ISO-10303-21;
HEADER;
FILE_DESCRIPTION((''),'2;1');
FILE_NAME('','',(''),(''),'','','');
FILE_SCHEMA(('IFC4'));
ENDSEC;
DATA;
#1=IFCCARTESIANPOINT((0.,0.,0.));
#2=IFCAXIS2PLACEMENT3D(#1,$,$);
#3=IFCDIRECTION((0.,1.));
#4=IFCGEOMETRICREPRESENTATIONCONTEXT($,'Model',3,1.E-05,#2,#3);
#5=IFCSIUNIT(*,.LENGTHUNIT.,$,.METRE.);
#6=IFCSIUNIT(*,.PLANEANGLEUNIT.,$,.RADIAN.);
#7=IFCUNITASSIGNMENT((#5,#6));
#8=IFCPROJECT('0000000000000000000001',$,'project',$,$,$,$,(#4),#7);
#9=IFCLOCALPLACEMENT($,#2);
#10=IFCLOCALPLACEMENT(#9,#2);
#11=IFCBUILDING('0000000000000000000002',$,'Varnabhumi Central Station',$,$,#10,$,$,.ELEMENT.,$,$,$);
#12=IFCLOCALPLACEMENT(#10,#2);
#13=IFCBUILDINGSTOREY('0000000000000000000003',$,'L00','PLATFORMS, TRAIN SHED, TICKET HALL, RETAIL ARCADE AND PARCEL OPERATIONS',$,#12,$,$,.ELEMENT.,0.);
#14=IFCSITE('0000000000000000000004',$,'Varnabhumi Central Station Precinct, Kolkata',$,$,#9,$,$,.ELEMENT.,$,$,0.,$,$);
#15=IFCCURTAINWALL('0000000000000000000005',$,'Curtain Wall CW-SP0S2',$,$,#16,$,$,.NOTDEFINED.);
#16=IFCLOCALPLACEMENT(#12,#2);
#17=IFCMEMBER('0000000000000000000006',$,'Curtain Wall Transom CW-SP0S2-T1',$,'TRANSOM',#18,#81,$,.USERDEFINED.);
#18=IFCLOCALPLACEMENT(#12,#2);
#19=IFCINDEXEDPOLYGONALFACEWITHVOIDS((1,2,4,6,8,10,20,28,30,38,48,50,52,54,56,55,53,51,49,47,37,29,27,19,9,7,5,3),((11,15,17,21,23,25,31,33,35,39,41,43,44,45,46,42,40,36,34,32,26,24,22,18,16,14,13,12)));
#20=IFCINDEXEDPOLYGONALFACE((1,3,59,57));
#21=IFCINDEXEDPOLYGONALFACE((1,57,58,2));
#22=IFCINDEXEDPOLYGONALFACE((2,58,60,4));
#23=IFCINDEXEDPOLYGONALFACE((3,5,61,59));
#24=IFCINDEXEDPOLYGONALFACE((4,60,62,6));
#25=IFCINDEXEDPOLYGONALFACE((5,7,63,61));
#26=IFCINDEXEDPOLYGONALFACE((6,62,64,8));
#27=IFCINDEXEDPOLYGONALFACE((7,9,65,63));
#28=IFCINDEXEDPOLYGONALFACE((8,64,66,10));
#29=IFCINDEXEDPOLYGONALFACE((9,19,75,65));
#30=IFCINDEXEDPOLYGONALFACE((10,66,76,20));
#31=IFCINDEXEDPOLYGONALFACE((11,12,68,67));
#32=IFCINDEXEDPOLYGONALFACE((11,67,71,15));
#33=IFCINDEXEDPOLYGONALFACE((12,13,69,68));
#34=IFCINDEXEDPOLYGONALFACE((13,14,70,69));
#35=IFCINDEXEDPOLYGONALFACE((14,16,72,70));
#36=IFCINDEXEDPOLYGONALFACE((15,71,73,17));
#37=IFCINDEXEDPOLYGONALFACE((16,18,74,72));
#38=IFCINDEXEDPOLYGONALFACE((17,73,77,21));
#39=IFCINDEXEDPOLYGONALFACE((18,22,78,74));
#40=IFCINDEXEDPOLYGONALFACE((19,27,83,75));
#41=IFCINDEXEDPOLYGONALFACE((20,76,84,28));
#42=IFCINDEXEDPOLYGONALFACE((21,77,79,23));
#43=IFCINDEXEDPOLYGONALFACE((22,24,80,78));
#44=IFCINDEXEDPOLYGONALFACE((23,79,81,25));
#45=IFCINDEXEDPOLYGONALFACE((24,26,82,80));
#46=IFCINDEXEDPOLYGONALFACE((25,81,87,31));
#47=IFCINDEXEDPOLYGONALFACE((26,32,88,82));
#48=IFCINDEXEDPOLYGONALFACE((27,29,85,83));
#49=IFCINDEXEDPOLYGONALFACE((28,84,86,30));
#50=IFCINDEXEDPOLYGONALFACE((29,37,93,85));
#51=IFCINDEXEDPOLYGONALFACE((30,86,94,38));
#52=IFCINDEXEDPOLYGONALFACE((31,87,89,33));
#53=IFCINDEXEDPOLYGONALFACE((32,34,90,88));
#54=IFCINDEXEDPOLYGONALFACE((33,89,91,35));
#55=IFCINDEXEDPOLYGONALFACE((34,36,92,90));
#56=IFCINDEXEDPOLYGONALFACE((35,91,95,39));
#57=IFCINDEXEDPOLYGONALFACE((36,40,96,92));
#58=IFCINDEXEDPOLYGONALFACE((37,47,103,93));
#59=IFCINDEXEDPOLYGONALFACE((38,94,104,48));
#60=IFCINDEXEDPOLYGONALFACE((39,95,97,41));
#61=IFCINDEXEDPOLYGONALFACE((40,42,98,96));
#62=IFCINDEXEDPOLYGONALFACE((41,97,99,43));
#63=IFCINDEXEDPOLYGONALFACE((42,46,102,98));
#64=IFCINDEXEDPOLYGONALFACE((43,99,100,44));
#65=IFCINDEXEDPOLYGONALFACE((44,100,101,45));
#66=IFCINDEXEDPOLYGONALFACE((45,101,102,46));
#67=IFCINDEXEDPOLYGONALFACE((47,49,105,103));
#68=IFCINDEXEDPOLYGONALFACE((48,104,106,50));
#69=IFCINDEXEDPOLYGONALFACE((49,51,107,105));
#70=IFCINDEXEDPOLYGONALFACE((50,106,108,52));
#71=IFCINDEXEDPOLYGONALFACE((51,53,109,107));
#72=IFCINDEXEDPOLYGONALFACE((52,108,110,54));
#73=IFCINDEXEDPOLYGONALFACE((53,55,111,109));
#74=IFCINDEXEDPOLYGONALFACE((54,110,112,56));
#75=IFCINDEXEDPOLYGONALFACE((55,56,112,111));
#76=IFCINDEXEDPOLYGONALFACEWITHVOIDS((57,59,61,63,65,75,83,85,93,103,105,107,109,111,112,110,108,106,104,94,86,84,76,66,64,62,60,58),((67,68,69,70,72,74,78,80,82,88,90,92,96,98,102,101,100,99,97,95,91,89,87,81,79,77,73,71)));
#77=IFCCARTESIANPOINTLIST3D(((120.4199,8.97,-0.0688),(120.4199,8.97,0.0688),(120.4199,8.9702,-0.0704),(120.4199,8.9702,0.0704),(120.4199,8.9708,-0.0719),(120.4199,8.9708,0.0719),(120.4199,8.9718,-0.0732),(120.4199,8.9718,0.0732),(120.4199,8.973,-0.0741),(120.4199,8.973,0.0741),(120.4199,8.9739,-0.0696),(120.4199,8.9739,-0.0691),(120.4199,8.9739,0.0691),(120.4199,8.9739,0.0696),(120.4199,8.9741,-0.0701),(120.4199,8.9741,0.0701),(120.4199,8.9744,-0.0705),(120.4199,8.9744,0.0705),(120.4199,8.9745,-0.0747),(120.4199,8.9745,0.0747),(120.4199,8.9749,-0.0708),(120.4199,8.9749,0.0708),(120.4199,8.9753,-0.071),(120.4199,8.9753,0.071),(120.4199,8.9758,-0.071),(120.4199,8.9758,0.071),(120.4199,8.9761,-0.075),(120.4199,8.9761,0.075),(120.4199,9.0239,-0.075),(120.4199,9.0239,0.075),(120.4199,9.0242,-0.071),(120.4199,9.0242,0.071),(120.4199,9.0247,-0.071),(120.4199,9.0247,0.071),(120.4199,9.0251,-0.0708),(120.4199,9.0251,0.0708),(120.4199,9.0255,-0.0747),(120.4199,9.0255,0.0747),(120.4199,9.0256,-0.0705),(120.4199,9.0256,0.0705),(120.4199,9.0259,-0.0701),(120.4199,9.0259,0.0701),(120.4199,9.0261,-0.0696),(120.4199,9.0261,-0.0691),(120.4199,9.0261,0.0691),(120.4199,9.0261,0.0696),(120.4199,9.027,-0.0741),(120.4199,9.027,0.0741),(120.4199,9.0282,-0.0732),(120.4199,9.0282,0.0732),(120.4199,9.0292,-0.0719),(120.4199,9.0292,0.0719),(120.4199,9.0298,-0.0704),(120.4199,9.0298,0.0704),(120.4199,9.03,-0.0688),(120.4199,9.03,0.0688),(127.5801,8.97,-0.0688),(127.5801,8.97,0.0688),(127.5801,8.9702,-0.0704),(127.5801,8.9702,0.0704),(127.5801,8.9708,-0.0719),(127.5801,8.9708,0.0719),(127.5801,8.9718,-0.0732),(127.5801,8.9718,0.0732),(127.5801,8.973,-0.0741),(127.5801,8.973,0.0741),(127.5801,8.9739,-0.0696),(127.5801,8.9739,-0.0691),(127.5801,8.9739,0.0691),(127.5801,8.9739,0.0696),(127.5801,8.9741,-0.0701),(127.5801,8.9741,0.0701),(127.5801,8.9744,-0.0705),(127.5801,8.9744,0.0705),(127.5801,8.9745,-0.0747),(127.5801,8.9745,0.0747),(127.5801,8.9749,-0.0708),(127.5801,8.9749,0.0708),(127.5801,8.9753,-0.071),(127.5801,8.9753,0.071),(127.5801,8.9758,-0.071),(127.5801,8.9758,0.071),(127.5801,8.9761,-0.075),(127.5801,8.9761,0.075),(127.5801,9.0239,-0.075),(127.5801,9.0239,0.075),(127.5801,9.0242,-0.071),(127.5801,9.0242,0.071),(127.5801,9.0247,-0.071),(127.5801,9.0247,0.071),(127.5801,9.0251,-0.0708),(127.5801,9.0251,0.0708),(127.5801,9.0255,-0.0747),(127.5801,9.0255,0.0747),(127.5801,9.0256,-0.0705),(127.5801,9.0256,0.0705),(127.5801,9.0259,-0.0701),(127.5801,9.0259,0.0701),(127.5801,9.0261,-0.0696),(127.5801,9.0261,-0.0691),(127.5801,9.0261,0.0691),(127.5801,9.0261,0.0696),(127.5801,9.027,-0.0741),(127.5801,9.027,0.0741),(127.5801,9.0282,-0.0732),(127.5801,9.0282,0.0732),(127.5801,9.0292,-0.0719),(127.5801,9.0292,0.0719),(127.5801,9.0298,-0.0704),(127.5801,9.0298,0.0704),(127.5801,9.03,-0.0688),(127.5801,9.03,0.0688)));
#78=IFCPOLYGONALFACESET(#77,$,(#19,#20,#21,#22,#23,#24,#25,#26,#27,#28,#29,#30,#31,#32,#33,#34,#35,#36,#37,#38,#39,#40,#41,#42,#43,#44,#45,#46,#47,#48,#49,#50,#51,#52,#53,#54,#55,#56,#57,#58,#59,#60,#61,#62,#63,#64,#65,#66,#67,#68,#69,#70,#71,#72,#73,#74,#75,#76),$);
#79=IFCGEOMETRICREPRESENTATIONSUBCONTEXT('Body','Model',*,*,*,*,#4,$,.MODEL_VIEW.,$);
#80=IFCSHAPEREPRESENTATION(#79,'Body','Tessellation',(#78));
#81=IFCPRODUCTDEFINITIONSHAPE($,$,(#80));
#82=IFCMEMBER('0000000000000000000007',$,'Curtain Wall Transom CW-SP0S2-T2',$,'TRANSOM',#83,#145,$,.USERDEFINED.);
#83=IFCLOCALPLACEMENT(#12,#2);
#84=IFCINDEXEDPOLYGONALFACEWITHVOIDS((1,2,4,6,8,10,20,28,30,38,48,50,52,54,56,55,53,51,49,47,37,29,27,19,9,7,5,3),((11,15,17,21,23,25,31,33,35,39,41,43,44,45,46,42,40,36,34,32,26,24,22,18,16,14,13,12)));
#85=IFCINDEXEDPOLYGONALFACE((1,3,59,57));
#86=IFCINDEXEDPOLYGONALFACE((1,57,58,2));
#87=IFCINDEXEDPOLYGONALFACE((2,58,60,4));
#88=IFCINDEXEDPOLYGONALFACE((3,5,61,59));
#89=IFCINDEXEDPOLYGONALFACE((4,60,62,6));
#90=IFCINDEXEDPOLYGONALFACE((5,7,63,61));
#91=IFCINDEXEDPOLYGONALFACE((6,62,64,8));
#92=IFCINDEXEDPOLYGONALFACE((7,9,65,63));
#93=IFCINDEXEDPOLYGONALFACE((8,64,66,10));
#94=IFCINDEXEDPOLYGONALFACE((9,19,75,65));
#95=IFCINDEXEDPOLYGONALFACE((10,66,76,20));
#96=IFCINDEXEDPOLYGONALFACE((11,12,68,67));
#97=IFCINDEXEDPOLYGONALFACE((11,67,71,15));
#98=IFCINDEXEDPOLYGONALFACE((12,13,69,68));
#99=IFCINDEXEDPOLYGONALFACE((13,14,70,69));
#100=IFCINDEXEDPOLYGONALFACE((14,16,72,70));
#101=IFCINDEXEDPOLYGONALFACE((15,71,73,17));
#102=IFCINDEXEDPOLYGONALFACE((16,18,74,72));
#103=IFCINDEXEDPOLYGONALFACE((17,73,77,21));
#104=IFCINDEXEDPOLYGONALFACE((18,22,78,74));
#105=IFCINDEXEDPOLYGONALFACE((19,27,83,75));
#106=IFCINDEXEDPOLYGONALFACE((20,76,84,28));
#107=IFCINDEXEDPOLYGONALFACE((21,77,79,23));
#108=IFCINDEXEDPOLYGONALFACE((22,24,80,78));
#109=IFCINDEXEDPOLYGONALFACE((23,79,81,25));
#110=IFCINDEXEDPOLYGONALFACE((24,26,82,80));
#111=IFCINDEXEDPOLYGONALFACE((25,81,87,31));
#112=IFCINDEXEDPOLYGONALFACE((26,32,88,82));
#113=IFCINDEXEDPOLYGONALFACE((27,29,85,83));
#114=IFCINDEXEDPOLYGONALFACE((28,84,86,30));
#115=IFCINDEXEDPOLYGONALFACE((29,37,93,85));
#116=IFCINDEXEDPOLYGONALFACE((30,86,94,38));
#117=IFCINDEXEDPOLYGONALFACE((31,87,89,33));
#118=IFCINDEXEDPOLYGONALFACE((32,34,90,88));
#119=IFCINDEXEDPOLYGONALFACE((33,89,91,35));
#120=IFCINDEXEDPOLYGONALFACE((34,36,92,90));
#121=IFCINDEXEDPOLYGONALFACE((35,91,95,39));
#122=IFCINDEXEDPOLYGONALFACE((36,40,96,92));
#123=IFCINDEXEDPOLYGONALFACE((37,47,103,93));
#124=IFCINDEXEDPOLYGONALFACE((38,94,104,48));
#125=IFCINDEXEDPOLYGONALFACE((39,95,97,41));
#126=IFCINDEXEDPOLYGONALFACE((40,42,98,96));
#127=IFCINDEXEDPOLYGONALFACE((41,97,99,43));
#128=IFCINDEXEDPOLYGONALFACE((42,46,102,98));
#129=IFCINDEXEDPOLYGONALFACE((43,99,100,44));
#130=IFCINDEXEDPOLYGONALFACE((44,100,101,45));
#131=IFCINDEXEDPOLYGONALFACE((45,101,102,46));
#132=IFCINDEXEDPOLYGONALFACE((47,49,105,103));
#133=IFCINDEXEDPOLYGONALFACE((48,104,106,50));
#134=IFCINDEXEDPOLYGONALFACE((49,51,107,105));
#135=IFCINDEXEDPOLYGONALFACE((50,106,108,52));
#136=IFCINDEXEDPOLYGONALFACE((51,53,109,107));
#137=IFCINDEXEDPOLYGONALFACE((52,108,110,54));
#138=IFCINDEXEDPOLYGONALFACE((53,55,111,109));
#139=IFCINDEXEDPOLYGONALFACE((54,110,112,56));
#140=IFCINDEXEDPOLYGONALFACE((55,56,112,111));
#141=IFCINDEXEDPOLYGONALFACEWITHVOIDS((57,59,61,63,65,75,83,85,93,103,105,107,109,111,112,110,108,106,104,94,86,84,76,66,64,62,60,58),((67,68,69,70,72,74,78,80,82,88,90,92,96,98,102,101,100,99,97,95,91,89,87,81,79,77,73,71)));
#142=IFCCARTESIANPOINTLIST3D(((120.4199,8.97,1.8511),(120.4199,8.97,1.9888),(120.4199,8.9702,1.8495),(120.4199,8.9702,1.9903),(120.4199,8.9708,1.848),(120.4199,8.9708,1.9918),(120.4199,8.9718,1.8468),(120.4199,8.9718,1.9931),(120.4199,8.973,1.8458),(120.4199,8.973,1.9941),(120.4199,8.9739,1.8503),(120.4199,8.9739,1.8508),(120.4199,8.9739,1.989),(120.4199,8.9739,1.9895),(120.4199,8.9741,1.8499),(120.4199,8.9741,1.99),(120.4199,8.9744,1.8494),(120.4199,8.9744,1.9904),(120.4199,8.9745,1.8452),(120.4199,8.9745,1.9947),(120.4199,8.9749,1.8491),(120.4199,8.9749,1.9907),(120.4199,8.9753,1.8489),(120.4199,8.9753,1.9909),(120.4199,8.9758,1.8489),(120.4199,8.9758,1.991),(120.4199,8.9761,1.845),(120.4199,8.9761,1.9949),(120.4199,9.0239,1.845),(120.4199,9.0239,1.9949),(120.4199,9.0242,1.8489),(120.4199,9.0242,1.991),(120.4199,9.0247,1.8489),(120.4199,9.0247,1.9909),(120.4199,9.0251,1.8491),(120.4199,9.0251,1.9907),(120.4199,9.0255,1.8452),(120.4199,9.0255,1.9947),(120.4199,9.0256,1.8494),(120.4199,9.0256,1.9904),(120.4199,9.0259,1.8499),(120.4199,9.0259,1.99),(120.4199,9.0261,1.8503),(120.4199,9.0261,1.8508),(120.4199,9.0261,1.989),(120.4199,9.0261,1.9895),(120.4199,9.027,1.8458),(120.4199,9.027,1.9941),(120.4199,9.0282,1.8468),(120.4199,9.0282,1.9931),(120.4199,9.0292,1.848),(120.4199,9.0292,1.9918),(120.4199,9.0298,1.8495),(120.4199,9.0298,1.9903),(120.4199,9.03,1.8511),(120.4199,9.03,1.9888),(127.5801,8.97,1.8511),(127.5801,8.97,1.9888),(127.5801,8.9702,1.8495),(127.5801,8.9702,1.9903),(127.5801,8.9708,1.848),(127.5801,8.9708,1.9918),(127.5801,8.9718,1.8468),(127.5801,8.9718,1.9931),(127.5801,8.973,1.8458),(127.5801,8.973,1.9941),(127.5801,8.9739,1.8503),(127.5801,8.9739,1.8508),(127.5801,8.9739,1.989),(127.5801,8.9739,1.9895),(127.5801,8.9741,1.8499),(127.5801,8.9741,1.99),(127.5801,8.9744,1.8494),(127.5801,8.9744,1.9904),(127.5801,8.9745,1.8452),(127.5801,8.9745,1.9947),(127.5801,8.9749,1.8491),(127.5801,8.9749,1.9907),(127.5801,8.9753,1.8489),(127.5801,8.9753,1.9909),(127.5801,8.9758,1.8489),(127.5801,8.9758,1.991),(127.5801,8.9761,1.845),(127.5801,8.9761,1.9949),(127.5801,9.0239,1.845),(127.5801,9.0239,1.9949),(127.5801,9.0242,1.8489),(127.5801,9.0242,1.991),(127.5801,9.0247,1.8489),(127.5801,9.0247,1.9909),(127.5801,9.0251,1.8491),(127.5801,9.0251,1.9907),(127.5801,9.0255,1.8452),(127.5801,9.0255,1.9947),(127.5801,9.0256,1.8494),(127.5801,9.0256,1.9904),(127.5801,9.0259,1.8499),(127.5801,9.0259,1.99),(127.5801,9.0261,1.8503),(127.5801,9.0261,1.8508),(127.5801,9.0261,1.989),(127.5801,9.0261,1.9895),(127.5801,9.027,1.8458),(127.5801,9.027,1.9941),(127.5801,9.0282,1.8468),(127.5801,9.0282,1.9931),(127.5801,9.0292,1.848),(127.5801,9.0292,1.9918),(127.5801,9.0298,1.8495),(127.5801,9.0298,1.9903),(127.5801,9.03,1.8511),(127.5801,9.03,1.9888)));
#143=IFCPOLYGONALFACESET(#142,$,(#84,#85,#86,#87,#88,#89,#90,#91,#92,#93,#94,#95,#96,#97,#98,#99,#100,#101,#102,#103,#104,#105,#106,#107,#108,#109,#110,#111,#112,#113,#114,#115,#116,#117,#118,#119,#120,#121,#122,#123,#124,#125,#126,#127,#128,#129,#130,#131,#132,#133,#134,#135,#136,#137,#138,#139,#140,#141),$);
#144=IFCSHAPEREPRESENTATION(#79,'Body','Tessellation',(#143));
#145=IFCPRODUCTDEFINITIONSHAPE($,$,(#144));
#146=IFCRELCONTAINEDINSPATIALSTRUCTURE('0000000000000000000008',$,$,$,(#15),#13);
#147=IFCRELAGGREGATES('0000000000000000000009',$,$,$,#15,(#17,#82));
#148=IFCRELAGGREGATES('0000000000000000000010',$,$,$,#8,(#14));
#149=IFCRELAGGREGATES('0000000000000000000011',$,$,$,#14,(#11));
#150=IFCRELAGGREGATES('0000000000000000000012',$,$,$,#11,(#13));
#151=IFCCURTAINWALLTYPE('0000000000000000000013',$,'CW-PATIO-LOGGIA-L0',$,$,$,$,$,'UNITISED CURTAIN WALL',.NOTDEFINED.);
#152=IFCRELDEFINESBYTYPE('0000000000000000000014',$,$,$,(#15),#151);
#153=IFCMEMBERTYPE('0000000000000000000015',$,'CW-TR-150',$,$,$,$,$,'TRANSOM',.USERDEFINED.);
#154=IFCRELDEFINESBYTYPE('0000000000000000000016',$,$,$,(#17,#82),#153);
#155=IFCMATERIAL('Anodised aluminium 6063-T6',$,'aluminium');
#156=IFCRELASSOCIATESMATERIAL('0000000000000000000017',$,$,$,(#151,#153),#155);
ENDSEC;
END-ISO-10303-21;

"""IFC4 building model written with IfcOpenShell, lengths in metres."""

from ifc_helpers import new_model, si_unit, direction, frame, origin, origin_2d, place, context, subcontext, project, spatial, hollow_rectangle, extrude, material, material_profile, profile_set, type_object, element, aggregate, save


model = new_model("IFC4")

# Units and contexts
model_context = context("Model", 3, precision=1e-05, world=origin(), true_north=direction((0.0, 1.0)))
body_context = subcontext(model_context, "Body", "Model", "MODEL_VIEW")
ifc_project = project(units=[si_unit("LENGTHUNIT", "METRE"), si_unit("PLANEANGLEUNIT", "RADIAN")], contexts=[model_context])

# Site, building, storey
site_placement = place(None, origin())
site = spatial("IfcSite", under=ifc_project, at=site_placement, Name="Varnabhumi Central Station Precinct, Kolkata", CompositionType="ELEMENT", RefElevation=0.0)
building_placement = place(site_placement, origin())
building = spatial("IfcBuilding", under=site, at=building_placement, Name="Varnabhumi Central Station", CompositionType="ELEMENT")
storey_placement = place(building_placement, origin())
storey = spatial("IfcBuildingStorey", under=building, at=storey_placement, Name="L00", Description="PLATFORMS, TRAIN SHED, TICKET HALL, RETAIL ARCADE AND PARCEL OPERATIONS", CompositionType="ELEMENT", Elevation=0.0)

# Curtain wall, members
ifc_material_1 = material(Name="Anodised aluminium 6063-T6", Category="aluminium")
curtain_wall_type = type_object("IfcCurtainWallType", Name="CW-PATIO-LOGGIA-L0", ElementType="UNITISED CURTAIN WALL", PredefinedType="NOTDEFINED", material=ifc_material_1)
curtain_wall_placement = place(storey_placement, origin())
curtain_wall = element("IfcCurtainWall", 1, at=curtain_wall_placement, inside=storey, type_object=curtain_wall_type, Name="Curtain Wall CW-SP0S2", PredefinedType="NOTDEFINED")
ifc_material_profile_1 = material_profile(ifc_material_1, hollow_rectangle(XDim=0.0601, YDim=0.1499, WallThickness=0.0039, InnerFilletRadius=0.002, OuterFilletRadius=0.0061, at=origin_2d()), Name="Anodised aluminium 6063-T6", Category="aluminium")
ifc_profile_set_1 = profile_set([ifc_material_profile_1], Name="Anodised aluminium 6063-T6")
member_type_1 = type_object("IfcMemberType", Name="CW-TR-150", ElementType="TRANSOM", PredefinedType="USERDEFINED", material=ifc_profile_set_1)
member_1_placement = place(storey_placement, frame((120.4199, 9.0, 0.0), z_axis=(1.0, 0.0, 0.0), x_axis=(0.0, 1.0, 0.0)))
member_1 = element("IfcMember", 2, at=member_1_placement, type_object=member_type_1, Name="Curtain Wall Transom CW-SP0S2-T1", ObjectType="TRANSOM", PredefinedType="USERDEFINED", context=body_context, shape_type="SweptSolid", body=[
    extrude(hollow_rectangle(XDim=0.0601, YDim=0.1499, WallThickness=0.0039, InnerFilletRadius=0.002, OuterFilletRadius=0.0061, at=origin_2d()), origin(), (0.0, 0.0, 1.0), 7.1602),
])
member_2_placement = place(storey_placement, frame((120.4199, 9.0, 1.9199), z_axis=(1.0, 0.0, 0.0), x_axis=(0.0, 1.0, 0.0)))
member_2 = element("IfcMember", 3, at=member_2_placement, type_object=member_type_1, Name="Curtain Wall Transom CW-SP0S2-T2", ObjectType="TRANSOM", PredefinedType="USERDEFINED", context=body_context, shape_type="SweptSolid", body=[
    extrude(hollow_rectangle(XDim=0.0601, YDim=0.1499, WallThickness=0.0039, InnerFilletRadius=0.002, OuterFilletRadius=0.0061, at=origin_2d()), origin(), (0.0, 0.0, 1.0), 7.1602),
])
aggregate(curtain_wall, [member_1, member_2])

save(model, "model.ifc")
